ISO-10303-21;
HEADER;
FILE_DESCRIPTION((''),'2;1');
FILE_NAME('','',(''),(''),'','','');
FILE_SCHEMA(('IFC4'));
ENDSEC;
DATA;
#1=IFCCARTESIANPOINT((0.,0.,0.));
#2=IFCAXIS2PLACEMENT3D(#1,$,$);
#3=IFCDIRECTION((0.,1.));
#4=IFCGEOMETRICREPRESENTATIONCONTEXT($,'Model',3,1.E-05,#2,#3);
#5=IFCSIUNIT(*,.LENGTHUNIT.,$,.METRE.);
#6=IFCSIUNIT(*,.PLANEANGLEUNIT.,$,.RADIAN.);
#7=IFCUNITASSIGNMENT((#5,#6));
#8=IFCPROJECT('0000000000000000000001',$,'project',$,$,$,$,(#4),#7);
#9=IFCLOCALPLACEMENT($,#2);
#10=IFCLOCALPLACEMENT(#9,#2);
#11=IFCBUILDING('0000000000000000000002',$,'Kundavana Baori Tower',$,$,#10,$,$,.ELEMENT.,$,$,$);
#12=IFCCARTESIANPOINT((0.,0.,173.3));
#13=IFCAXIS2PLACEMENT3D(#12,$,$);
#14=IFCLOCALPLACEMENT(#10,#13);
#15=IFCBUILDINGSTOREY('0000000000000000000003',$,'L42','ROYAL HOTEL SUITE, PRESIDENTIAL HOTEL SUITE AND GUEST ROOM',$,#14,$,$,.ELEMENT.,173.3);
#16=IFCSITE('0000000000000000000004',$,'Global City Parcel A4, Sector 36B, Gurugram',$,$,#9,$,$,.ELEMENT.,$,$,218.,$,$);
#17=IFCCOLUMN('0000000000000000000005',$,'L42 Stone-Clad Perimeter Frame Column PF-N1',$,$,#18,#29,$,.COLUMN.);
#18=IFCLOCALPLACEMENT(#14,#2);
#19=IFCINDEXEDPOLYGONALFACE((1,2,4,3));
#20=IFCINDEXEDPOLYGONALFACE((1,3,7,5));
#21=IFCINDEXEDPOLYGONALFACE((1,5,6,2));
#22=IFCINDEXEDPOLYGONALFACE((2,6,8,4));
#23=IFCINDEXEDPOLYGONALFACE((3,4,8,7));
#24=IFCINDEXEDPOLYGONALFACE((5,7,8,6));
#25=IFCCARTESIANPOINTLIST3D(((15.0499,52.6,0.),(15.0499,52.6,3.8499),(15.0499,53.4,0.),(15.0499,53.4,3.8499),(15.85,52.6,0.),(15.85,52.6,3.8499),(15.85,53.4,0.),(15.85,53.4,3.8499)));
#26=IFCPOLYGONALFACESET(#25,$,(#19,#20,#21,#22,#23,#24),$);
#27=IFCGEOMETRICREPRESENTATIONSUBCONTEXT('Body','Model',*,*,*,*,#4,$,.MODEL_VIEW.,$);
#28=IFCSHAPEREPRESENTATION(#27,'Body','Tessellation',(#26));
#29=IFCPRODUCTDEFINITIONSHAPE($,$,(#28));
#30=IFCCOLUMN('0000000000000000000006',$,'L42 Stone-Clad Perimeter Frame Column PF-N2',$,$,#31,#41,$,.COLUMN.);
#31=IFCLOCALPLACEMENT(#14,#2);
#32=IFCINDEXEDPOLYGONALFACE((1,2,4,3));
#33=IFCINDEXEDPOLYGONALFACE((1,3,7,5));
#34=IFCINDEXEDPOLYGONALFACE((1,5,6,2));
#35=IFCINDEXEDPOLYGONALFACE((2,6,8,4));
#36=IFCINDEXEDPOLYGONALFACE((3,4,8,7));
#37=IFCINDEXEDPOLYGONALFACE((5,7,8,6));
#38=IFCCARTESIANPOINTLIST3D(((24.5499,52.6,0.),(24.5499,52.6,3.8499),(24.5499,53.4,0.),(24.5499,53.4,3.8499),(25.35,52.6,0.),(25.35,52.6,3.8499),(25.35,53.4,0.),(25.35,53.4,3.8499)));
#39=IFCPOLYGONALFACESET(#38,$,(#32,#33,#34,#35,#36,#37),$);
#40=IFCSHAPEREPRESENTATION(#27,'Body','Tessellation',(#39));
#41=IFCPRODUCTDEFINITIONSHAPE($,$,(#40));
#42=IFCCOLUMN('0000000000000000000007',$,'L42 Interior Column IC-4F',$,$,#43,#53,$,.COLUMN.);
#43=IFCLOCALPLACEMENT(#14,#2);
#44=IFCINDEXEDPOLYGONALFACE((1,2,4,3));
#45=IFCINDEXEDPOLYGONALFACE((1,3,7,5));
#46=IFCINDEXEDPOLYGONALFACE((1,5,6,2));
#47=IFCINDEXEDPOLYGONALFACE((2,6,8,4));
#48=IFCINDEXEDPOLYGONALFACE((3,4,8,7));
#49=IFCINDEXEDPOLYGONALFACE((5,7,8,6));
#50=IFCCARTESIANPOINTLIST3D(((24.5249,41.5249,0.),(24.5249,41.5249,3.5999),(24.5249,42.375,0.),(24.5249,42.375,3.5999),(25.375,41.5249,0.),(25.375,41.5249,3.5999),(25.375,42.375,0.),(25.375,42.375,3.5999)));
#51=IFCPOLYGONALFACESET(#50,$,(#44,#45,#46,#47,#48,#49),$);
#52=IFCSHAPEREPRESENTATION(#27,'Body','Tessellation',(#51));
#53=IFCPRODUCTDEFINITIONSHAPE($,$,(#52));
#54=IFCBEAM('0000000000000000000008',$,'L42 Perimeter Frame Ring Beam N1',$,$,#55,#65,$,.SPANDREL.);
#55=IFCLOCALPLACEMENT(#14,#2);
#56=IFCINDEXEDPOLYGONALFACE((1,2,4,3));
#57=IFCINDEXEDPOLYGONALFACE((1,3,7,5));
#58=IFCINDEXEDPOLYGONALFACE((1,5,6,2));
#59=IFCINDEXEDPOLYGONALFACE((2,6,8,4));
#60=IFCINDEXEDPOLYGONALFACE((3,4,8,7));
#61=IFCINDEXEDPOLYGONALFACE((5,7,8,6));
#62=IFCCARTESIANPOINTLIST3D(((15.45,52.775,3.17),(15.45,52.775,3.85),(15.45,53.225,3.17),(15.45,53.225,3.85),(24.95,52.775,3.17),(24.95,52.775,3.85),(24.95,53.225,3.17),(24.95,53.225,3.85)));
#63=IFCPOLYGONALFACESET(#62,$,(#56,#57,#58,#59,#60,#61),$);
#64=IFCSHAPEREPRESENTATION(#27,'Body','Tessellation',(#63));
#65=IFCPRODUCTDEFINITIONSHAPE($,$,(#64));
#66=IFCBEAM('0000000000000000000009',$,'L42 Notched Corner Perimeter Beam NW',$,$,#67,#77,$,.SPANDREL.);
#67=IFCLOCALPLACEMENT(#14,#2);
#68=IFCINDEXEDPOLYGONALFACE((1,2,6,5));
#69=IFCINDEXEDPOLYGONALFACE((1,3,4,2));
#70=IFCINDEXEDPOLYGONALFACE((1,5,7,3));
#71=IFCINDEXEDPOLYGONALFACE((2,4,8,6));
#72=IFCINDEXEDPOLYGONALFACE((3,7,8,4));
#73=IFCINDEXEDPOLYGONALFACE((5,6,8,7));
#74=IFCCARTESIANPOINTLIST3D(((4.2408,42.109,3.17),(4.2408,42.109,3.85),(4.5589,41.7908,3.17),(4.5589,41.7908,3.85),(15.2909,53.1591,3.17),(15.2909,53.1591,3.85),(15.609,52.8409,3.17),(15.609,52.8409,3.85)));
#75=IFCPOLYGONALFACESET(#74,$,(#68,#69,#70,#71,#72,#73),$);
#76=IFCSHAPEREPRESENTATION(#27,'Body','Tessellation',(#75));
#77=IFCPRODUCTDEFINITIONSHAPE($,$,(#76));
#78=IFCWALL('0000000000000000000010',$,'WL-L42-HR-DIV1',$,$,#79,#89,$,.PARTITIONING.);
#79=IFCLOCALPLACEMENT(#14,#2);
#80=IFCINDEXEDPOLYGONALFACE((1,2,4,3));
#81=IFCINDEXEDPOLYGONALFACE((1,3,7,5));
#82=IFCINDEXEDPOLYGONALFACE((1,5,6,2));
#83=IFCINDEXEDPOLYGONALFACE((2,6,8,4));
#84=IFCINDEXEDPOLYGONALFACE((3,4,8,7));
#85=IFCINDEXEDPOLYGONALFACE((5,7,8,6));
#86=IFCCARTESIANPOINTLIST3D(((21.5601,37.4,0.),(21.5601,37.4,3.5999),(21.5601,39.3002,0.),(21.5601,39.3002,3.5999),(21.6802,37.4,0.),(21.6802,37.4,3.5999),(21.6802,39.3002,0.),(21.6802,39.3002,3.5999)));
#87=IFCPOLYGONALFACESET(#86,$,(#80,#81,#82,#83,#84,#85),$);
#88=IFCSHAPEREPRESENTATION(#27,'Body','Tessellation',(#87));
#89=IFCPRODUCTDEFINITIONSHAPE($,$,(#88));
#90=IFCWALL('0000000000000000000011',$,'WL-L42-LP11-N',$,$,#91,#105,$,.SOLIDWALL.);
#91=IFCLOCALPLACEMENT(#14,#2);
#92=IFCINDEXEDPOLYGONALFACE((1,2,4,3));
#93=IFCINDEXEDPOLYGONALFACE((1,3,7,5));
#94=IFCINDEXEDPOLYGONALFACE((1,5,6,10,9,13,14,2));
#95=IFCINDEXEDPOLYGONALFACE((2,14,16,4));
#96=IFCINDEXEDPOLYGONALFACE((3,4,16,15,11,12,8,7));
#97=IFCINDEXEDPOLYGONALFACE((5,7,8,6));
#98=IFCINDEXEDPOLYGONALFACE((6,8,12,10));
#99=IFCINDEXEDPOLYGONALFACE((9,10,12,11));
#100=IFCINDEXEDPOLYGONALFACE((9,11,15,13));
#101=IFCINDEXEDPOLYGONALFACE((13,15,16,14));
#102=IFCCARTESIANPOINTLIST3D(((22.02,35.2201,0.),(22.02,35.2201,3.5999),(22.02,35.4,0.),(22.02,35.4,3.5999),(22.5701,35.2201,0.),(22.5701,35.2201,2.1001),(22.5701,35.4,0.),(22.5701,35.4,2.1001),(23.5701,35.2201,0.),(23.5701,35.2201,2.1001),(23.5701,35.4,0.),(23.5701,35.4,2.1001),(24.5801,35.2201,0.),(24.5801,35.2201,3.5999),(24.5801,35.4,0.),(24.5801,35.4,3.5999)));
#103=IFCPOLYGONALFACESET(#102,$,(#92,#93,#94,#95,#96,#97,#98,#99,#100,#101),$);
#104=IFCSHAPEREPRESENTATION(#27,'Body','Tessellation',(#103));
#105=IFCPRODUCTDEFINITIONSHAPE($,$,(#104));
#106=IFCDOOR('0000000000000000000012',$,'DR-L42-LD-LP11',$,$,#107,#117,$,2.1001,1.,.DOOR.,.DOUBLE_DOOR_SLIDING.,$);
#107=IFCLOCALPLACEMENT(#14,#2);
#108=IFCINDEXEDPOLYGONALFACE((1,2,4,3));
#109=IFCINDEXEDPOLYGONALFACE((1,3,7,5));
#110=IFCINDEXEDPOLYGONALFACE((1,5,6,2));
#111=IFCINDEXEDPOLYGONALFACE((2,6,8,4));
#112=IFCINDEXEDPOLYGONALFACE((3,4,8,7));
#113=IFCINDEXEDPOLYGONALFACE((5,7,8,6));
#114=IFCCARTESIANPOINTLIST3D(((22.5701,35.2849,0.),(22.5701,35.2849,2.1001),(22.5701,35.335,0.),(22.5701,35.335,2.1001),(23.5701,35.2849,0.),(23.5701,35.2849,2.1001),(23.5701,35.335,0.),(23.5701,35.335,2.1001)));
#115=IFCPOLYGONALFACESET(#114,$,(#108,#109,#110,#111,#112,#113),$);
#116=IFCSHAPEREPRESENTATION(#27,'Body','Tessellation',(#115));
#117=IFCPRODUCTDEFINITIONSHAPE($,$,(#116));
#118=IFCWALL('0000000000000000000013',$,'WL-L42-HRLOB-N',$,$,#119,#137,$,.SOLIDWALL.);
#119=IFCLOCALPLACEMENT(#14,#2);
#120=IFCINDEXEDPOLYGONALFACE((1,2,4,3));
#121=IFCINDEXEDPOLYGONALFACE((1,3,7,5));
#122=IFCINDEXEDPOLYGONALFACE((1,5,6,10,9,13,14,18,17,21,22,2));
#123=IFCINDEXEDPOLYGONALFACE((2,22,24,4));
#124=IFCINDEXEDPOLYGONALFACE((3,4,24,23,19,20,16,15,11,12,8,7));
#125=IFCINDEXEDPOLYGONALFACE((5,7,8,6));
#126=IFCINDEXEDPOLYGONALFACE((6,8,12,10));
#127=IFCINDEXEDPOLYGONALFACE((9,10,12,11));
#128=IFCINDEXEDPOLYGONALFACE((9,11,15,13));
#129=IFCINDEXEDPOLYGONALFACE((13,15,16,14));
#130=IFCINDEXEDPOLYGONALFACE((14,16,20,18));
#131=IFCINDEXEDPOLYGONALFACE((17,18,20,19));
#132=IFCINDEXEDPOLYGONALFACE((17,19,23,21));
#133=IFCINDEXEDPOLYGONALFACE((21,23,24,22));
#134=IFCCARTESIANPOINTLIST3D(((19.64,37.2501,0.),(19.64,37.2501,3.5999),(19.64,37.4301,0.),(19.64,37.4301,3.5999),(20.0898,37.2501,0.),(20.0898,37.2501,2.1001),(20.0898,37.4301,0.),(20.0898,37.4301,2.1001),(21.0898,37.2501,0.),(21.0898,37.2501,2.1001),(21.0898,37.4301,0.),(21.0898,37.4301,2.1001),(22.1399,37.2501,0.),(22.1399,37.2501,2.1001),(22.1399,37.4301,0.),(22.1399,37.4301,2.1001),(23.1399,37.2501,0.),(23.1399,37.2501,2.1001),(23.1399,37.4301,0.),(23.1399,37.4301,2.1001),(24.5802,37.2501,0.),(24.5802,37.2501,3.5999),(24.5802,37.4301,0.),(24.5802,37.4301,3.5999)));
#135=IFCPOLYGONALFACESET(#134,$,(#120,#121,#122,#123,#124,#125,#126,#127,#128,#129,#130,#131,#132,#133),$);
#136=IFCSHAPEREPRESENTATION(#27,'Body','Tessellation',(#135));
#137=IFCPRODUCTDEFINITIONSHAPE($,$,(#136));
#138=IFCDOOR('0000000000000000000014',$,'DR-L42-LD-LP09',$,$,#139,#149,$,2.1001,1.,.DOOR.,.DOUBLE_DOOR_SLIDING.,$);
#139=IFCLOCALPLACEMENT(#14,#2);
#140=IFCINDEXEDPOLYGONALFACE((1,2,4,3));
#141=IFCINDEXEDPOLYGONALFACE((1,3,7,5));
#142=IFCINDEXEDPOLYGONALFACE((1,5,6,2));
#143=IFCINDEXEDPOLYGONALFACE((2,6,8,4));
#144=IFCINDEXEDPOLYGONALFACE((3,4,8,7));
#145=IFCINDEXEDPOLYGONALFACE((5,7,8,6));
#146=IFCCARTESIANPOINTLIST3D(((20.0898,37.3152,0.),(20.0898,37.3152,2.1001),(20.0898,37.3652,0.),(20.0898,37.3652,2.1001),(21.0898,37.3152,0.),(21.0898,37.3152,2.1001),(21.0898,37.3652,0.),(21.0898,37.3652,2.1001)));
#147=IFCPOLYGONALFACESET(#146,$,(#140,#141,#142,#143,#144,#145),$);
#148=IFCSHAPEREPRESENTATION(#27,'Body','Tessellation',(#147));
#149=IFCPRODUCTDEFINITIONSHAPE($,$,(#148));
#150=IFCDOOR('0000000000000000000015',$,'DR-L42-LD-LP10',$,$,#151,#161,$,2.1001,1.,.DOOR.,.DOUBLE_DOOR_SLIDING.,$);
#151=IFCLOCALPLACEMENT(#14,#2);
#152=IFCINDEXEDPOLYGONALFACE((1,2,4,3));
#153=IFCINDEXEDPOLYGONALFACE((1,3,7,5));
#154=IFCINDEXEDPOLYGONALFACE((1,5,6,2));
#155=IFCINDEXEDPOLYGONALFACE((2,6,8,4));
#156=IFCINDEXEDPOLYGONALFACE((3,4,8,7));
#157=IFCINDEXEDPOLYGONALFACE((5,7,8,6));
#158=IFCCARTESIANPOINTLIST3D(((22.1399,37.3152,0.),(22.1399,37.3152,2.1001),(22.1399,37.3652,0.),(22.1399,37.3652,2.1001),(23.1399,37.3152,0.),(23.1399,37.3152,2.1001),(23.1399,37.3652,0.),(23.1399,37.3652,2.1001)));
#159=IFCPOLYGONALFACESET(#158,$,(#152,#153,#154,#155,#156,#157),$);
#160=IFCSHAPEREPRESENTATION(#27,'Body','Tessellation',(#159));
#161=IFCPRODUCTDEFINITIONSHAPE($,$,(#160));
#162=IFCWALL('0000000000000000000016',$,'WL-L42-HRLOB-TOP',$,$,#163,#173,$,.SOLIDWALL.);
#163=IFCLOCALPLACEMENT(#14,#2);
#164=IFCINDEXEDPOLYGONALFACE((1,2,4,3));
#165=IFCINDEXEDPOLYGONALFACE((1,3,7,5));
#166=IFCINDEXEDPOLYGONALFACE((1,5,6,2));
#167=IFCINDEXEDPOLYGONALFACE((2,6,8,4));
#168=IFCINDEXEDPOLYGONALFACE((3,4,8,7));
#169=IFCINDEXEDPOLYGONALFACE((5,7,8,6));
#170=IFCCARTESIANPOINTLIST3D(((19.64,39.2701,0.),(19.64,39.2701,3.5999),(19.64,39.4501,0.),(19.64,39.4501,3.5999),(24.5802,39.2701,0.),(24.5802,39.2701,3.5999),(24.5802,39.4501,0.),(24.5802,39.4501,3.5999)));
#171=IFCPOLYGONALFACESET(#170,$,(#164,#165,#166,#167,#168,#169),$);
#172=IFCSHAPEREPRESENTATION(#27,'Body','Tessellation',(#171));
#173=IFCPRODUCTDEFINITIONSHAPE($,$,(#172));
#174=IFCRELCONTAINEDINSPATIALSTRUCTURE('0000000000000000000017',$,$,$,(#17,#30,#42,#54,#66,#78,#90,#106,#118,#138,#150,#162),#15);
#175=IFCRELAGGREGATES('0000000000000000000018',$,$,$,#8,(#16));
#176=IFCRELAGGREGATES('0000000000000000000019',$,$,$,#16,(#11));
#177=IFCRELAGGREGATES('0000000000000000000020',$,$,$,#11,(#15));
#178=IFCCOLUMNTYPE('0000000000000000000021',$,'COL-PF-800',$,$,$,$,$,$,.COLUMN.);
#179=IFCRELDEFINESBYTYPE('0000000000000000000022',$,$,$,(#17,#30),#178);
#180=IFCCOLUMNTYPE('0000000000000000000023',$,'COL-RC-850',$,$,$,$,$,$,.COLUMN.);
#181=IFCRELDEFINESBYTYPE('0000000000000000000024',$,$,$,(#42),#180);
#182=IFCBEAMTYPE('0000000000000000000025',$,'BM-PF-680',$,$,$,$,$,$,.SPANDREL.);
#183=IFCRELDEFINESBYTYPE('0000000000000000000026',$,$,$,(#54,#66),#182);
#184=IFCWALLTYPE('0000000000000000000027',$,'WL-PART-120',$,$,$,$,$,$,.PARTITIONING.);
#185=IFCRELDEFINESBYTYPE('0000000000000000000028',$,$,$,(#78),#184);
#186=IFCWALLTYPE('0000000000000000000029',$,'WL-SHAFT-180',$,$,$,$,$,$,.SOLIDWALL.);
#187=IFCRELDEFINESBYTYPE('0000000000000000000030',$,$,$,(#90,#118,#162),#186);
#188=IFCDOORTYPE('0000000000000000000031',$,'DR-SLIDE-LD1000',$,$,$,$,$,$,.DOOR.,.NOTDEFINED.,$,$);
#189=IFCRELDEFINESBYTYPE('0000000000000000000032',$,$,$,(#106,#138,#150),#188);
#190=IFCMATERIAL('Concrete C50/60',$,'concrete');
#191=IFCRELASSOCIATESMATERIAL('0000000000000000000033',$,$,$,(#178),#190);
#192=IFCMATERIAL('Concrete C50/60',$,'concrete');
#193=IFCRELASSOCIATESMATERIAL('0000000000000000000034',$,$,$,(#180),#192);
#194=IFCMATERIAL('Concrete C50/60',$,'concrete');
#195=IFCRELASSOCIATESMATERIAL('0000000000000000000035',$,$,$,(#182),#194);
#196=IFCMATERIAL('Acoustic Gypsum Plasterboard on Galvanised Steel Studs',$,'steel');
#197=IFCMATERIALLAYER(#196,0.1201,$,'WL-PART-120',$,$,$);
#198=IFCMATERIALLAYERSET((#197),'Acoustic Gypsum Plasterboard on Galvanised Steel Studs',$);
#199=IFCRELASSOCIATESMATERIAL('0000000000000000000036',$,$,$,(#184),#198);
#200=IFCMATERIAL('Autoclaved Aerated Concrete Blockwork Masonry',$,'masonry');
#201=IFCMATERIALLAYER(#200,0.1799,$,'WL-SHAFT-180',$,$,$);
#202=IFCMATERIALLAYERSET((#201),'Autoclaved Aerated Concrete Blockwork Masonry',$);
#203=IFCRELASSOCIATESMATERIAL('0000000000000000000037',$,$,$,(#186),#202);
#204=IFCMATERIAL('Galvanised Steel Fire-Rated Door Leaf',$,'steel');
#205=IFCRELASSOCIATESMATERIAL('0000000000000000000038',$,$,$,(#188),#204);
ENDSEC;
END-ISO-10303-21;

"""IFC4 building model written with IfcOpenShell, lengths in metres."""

from ifc_helpers import new_model, si_unit, direction, frame, frame_2d, origin, origin_2d, place, context, subcontext, project, spatial, rectangle, extrude, material, layer, layer_set, material_profile, profile_set, type_object, element, fill, save


model = new_model("IFC4")

# Units and contexts
model_context = context("Model", 3, precision=1e-05, world=origin(), true_north=direction((0.0, 1.0)))
body_context = subcontext(model_context, "Body", "Model", "MODEL_VIEW")
ifc_project = project(units=[si_unit("LENGTHUNIT", "METRE"), si_unit("PLANEANGLEUNIT", "RADIAN")], contexts=[model_context])

# Site, building, storey
site_placement = place(None, origin())
site = spatial("IfcSite", under=ifc_project, at=site_placement, Name="Global City Parcel A4, Sector 36B, Gurugram", CompositionType="ELEMENT", RefElevation=218.0)
building_placement = place(site_placement, origin())
building = spatial("IfcBuilding", under=site, at=building_placement, Name="Kundavana Baori Tower", CompositionType="ELEMENT")
storey_placement = place(building_placement, frame((0.0, 0.0, 173.3)))
storey = spatial("IfcBuildingStorey", under=building, at=storey_placement, Name="L42", Description="ROYAL HOTEL SUITE, PRESIDENTIAL HOTEL SUITE AND GUEST ROOM", CompositionType="ELEMENT", Elevation=173.3)

# Columns
ifc_material_1 = material(Name="Concrete C50/60", Category="concrete")
ifc_material_profile_1 = material_profile(ifc_material_1, rectangle(XDim=0.8, YDim=0.8, at=origin_2d()), Name="RC PF 800x800")
ifc_profile_set_1 = profile_set([ifc_material_profile_1], Name="Concrete C50/60")
column_type_1 = type_object("IfcColumnType", Name="COL-PF-800", PredefinedType="COLUMN", material=ifc_profile_set_1)
for number, where, z_axis, x_axis, name in (
    (1, (15.45, 53.0, 0.0), (0.0, 0.0, 1.0), (1.0, 0.0, 0.0), "L42 Stone-Clad Perimeter Frame Column PF-N1"),
    (2, (24.95, 53.0, 0.0), (0.0, 0.0, 1.0), (1.0, 0.0, 0.0), "L42 Stone-Clad Perimeter Frame Column PF-N2"),
):
    element("IfcColumn", number, at=place(storey_placement, frame(where, z_axis=z_axis, x_axis=x_axis)), inside=storey, type_object=column_type_1, Name=name, PredefinedType="COLUMN", context=body_context, shape_type="SweptSolid", body=[
        extrude(rectangle(XDim=0.8, YDim=0.8, at=origin_2d()), origin(), (0.0, 0.0, 1.0), 3.8499),
    ])
ifc_material_2 = material(Name="Concrete C50/60", Category="concrete")
ifc_material_profile_2 = material_profile(ifc_material_2, rectangle(XDim=0.8501, YDim=0.8501, at=origin_2d()), Name="RC 850x850")
ifc_profile_set_2 = profile_set([ifc_material_profile_2], Name="Concrete C50/60")
column_type_2 = type_object("IfcColumnType", Name="COL-RC-850", PredefinedType="COLUMN", material=ifc_profile_set_2)
column_placement = place(storey_placement, frame((24.95, 41.95, 0.0), z_axis=(0.0, 0.0, 1.0), x_axis=(1.0, 0.0, 0.0)))
element("IfcColumn", 3, at=column_placement, inside=storey, type_object=column_type_2, Name="L42 Interior Column IC-4F", PredefinedType="COLUMN", context=body_context, shape_type="SweptSolid", body=[
    extrude(rectangle(XDim=0.8501, YDim=0.8501, at=origin_2d()), origin(), (0.0, 0.0, 1.0), 3.5999),
])

# Beams
ifc_material_3 = material(Name="Concrete C50/60", Category="concrete")
ifc_material_profile_3 = material_profile(ifc_material_3, rectangle(XDim=0.45, YDim=0.6799, at=origin_2d()), Name="RC BM 450x680")
ifc_profile_set_3 = profile_set([ifc_material_profile_3], Name="Concrete C50/60")
beam_type = type_object("IfcBeamType", Name="BM-PF-680", PredefinedType="SPANDREL", material=ifc_profile_set_3)
beam_1_placement = place(storey_placement, frame((15.45, 53.0, 3.51), z_axis=(1.0, 0.0, 0.0), x_axis=(0.0, 1.0, 0.0)))
element("IfcBeam", 4, at=beam_1_placement, inside=storey, type_object=beam_type, Name="L42 Perimeter Frame Ring Beam N1", PredefinedType="SPANDREL", context=body_context, shape_type="SweptSolid", body=[
    extrude(rectangle(XDim=0.45, YDim=0.6799, at=origin_2d()), origin(), (0.0, 0.0, 1.0), 9.5),
])
beam_2_placement = place(storey_placement, frame((15.45, 53.0, 3.51), z_axis=(-0.707107, -0.707107, 0.0), x_axis=(0.707107, -0.707107, 0.0)))
element("IfcBeam", 5, at=beam_2_placement, inside=storey, type_object=beam_type, Name="L42 Notched Corner Perimeter Beam NW", PredefinedType="SPANDREL", context=body_context, shape_type="SweptSolid", body=[
    extrude(rectangle(XDim=0.45, YDim=0.6799, at=origin_2d()), origin(), (0.0, 0.0, 1.0), 15.6272),
])

# Wall
ifc_material_4 = material(Name="Acoustic Gypsum Plasterboard on Galvanised Steel Studs", Category="steel")
ifc_layer_1 = layer(ifc_material_4, 0.1201, Name="WL-PART-120")
ifc_layer_set_1 = layer_set([ifc_layer_1], Name="Acoustic Gypsum Plasterboard on Galvanised Steel Studs")
wall_type_1 = type_object("IfcWallType", Name="WL-PART-120", PredefinedType="PARTITIONING", material=ifc_layer_set_1)
wall_1_placement = place(storey_placement, frame((21.6201, 37.3999, 0.0), z_axis=(0.0, 0.0, 1.0), x_axis=(0.0, 1.0, 0.0)))
element("IfcWall", 6, at=wall_1_placement, inside=storey, type_object=wall_type_1, Name="WL-L42-HR-DIV1", PredefinedType="PARTITIONING", context=body_context, shape_type="SweptSolid", body=[
    extrude(rectangle(XDim=1.9001, YDim=0.1201, at=frame_2d((0.9502, 0.0))), origin(), (0.0, 0.0, 1.0), 3.5999),
])

# Wall, opening, door
ifc_material_5 = material(Name="Autoclaved Aerated Concrete Blockwork Masonry", Category="masonry")
ifc_layer_2 = layer(ifc_material_5, 0.1799, Name="WL-SHAFT-180")
ifc_layer_set_2 = layer_set([ifc_layer_2], Name="Autoclaved Aerated Concrete Blockwork Masonry")
wall_type_2 = type_object("IfcWallType", Name="WL-SHAFT-180", PredefinedType="SOLIDWALL", material=ifc_layer_set_2)
wall_2_placement = place(storey_placement, frame((22.02, 35.3101, 0.0), z_axis=(0.0, 0.0, 1.0), x_axis=(1.0, 0.0, 0.0)))
wall_2 = element("IfcWall", 7, at=wall_2_placement, inside=storey, type_object=wall_type_2, Name="WL-L42-LP11-N", PredefinedType="SOLIDWALL", context=body_context, shape_type="SweptSolid", body=[
    extrude(rectangle(XDim=2.5601, YDim=0.1799, at=frame_2d((1.28, 0.0))), origin(), (0.0, 0.0, 1.0), 3.5999),
])
opening_1_placement = place(wall_2_placement, frame((0.55, 0.0, 0.0)))
opening_1 = element("IfcOpeningElement", 8, at=opening_1_placement, cuts=wall_2, PredefinedType="OPENING", context=body_context, shape_type="SweptSolid", body=[
    extrude(rectangle(XDim=1.0, YDim=2.1001, at=frame_2d((0.5, 1.05))), frame((0.0, 0.1001, 0.0), z_axis=(0.0, -1.0, 0.0), x_axis=(1.0, 0.0, 0.0)), (0.0, 0.0, 1.0), 0.2),
])
ifc_material_6 = material(Name="Galvanised Steel Fire-Rated Door Leaf", Category="steel")
door_type = type_object("IfcDoorType", Name="DR-SLIDE-LD1000", OperationType="NOTDEFINED", PredefinedType="DOOR", material=ifc_material_6)
door_1_placement = place(opening_1_placement, origin())
door_1 = element("IfcDoor", 9, at=door_1_placement, inside=storey, type_object=door_type, Name="DR-L42-LD-LP11", OperationType="DOUBLE_DOOR_SLIDING", OverallHeight=2.1001, OverallWidth=1.0, PredefinedType="DOOR", context=body_context, shape_type="SweptSolid", body=[
    extrude(rectangle(XDim=1.0, YDim=2.1001, at=frame_2d((0.5, 1.05))), frame((0.0, 0.0249, 0.0), z_axis=(0.0, -1.0, 0.0), x_axis=(1.0, 0.0, 0.0)), (0.0, 0.0, 1.0), 0.05),
])
fill(opening_1, door_1)

# Wall, openings, doors
wall_3_placement = place(storey_placement, frame((19.6399, 37.3401, 0.0), z_axis=(0.0, 0.0, 1.0), x_axis=(1.0, 0.0, 0.0)))
wall_3 = element("IfcWall", 10, at=wall_3_placement, inside=storey, type_object=wall_type_2, Name="WL-L42-HRLOB-N", PredefinedType="SOLIDWALL", context=body_context, shape_type="SweptSolid", body=[
    extrude(rectangle(XDim=4.9402, YDim=0.1799, at=frame_2d((2.4702, 0.0))), origin(), (0.0, 0.0, 1.0), 3.5999),
])
opening_2_placement = place(wall_3_placement, frame((0.45, 0.0, 0.0)))
opening_2 = element("IfcOpeningElement", 11, at=opening_2_placement, cuts=wall_3, PredefinedType="OPENING", context=body_context, shape_type="SweptSolid", body=[
    extrude(rectangle(XDim=1.0, YDim=2.1001, at=frame_2d((0.5, 1.05))), frame((0.0, 0.1001, 0.0), z_axis=(0.0, -1.0, 0.0), x_axis=(1.0, 0.0, 0.0)), (0.0, 0.0, 1.0), 0.2),
])
opening_3_placement = place(wall_3_placement, frame((2.5, 0.0, 0.0)))
opening_3 = element("IfcOpeningElement", 12, at=opening_3_placement, cuts=wall_3, PredefinedType="OPENING", context=body_context, shape_type="SweptSolid", body=[
    extrude(rectangle(XDim=1.0, YDim=2.1001, at=frame_2d((0.5, 1.05))), frame((0.0, 0.1001, 0.0), z_axis=(0.0, -1.0, 0.0), x_axis=(1.0, 0.0, 0.0)), (0.0, 0.0, 1.0), 0.2),
])
door_2_placement = place(opening_2_placement, frame((1.0, 0.0, 0.0), z_axis=(0.0, 0.0, 1.0), x_axis=(-1.0, 0.0, 0.0)))
door_2 = element("IfcDoor", 13, at=door_2_placement, inside=storey, type_object=door_type, Name="DR-L42-LD-LP09", OperationType="DOUBLE_DOOR_SLIDING", OverallHeight=2.1001, OverallWidth=1.0, PredefinedType="DOOR", context=body_context, shape_type="SweptSolid", body=[
    extrude(rectangle(XDim=1.0, YDim=2.1001, at=frame_2d((0.5, 1.05))), frame((0.0, 0.0249, 0.0), z_axis=(0.0, -1.0, 0.0), x_axis=(1.0, 0.0, 0.0)), (0.0, 0.0, 1.0), 0.05),
])
fill(opening_2, door_2)
door_3_placement = place(opening_3_placement, frame((1.0, 0.0, 0.0), z_axis=(0.0, 0.0, 1.0), x_axis=(-1.0, 0.0, 0.0)))
door_3 = element("IfcDoor", 14, at=door_3_placement, inside=storey, type_object=door_type, Name="DR-L42-LD-LP10", OperationType="DOUBLE_DOOR_SLIDING", OverallHeight=2.1001, OverallWidth=1.0, PredefinedType="DOOR", context=body_context, shape_type="SweptSolid", body=[
    extrude(rectangle(XDim=1.0, YDim=2.1001, at=frame_2d((0.5, 1.05))), frame((0.0, 0.0249, 0.0), z_axis=(0.0, -1.0, 0.0), x_axis=(1.0, 0.0, 0.0)), (0.0, 0.0, 1.0), 0.05),
])
fill(opening_3, door_3)

# Wall
wall_4_placement = place(storey_placement, frame((19.6399, 39.3601, 0.0), z_axis=(0.0, 0.0, 1.0), x_axis=(1.0, 0.0, 0.0)))
element("IfcWall", 15, at=wall_4_placement, inside=storey, type_object=wall_type_2, Name="WL-L42-HRLOB-TOP", PredefinedType="SOLIDWALL", context=body_context, shape_type="SweptSolid", body=[
    extrude(rectangle(XDim=4.9402, YDim=0.1799, at=frame_2d((2.4702, 0.0))), origin(), (0.0, 0.0, 1.0), 3.5999),
])

save(model, "model.ifc")
